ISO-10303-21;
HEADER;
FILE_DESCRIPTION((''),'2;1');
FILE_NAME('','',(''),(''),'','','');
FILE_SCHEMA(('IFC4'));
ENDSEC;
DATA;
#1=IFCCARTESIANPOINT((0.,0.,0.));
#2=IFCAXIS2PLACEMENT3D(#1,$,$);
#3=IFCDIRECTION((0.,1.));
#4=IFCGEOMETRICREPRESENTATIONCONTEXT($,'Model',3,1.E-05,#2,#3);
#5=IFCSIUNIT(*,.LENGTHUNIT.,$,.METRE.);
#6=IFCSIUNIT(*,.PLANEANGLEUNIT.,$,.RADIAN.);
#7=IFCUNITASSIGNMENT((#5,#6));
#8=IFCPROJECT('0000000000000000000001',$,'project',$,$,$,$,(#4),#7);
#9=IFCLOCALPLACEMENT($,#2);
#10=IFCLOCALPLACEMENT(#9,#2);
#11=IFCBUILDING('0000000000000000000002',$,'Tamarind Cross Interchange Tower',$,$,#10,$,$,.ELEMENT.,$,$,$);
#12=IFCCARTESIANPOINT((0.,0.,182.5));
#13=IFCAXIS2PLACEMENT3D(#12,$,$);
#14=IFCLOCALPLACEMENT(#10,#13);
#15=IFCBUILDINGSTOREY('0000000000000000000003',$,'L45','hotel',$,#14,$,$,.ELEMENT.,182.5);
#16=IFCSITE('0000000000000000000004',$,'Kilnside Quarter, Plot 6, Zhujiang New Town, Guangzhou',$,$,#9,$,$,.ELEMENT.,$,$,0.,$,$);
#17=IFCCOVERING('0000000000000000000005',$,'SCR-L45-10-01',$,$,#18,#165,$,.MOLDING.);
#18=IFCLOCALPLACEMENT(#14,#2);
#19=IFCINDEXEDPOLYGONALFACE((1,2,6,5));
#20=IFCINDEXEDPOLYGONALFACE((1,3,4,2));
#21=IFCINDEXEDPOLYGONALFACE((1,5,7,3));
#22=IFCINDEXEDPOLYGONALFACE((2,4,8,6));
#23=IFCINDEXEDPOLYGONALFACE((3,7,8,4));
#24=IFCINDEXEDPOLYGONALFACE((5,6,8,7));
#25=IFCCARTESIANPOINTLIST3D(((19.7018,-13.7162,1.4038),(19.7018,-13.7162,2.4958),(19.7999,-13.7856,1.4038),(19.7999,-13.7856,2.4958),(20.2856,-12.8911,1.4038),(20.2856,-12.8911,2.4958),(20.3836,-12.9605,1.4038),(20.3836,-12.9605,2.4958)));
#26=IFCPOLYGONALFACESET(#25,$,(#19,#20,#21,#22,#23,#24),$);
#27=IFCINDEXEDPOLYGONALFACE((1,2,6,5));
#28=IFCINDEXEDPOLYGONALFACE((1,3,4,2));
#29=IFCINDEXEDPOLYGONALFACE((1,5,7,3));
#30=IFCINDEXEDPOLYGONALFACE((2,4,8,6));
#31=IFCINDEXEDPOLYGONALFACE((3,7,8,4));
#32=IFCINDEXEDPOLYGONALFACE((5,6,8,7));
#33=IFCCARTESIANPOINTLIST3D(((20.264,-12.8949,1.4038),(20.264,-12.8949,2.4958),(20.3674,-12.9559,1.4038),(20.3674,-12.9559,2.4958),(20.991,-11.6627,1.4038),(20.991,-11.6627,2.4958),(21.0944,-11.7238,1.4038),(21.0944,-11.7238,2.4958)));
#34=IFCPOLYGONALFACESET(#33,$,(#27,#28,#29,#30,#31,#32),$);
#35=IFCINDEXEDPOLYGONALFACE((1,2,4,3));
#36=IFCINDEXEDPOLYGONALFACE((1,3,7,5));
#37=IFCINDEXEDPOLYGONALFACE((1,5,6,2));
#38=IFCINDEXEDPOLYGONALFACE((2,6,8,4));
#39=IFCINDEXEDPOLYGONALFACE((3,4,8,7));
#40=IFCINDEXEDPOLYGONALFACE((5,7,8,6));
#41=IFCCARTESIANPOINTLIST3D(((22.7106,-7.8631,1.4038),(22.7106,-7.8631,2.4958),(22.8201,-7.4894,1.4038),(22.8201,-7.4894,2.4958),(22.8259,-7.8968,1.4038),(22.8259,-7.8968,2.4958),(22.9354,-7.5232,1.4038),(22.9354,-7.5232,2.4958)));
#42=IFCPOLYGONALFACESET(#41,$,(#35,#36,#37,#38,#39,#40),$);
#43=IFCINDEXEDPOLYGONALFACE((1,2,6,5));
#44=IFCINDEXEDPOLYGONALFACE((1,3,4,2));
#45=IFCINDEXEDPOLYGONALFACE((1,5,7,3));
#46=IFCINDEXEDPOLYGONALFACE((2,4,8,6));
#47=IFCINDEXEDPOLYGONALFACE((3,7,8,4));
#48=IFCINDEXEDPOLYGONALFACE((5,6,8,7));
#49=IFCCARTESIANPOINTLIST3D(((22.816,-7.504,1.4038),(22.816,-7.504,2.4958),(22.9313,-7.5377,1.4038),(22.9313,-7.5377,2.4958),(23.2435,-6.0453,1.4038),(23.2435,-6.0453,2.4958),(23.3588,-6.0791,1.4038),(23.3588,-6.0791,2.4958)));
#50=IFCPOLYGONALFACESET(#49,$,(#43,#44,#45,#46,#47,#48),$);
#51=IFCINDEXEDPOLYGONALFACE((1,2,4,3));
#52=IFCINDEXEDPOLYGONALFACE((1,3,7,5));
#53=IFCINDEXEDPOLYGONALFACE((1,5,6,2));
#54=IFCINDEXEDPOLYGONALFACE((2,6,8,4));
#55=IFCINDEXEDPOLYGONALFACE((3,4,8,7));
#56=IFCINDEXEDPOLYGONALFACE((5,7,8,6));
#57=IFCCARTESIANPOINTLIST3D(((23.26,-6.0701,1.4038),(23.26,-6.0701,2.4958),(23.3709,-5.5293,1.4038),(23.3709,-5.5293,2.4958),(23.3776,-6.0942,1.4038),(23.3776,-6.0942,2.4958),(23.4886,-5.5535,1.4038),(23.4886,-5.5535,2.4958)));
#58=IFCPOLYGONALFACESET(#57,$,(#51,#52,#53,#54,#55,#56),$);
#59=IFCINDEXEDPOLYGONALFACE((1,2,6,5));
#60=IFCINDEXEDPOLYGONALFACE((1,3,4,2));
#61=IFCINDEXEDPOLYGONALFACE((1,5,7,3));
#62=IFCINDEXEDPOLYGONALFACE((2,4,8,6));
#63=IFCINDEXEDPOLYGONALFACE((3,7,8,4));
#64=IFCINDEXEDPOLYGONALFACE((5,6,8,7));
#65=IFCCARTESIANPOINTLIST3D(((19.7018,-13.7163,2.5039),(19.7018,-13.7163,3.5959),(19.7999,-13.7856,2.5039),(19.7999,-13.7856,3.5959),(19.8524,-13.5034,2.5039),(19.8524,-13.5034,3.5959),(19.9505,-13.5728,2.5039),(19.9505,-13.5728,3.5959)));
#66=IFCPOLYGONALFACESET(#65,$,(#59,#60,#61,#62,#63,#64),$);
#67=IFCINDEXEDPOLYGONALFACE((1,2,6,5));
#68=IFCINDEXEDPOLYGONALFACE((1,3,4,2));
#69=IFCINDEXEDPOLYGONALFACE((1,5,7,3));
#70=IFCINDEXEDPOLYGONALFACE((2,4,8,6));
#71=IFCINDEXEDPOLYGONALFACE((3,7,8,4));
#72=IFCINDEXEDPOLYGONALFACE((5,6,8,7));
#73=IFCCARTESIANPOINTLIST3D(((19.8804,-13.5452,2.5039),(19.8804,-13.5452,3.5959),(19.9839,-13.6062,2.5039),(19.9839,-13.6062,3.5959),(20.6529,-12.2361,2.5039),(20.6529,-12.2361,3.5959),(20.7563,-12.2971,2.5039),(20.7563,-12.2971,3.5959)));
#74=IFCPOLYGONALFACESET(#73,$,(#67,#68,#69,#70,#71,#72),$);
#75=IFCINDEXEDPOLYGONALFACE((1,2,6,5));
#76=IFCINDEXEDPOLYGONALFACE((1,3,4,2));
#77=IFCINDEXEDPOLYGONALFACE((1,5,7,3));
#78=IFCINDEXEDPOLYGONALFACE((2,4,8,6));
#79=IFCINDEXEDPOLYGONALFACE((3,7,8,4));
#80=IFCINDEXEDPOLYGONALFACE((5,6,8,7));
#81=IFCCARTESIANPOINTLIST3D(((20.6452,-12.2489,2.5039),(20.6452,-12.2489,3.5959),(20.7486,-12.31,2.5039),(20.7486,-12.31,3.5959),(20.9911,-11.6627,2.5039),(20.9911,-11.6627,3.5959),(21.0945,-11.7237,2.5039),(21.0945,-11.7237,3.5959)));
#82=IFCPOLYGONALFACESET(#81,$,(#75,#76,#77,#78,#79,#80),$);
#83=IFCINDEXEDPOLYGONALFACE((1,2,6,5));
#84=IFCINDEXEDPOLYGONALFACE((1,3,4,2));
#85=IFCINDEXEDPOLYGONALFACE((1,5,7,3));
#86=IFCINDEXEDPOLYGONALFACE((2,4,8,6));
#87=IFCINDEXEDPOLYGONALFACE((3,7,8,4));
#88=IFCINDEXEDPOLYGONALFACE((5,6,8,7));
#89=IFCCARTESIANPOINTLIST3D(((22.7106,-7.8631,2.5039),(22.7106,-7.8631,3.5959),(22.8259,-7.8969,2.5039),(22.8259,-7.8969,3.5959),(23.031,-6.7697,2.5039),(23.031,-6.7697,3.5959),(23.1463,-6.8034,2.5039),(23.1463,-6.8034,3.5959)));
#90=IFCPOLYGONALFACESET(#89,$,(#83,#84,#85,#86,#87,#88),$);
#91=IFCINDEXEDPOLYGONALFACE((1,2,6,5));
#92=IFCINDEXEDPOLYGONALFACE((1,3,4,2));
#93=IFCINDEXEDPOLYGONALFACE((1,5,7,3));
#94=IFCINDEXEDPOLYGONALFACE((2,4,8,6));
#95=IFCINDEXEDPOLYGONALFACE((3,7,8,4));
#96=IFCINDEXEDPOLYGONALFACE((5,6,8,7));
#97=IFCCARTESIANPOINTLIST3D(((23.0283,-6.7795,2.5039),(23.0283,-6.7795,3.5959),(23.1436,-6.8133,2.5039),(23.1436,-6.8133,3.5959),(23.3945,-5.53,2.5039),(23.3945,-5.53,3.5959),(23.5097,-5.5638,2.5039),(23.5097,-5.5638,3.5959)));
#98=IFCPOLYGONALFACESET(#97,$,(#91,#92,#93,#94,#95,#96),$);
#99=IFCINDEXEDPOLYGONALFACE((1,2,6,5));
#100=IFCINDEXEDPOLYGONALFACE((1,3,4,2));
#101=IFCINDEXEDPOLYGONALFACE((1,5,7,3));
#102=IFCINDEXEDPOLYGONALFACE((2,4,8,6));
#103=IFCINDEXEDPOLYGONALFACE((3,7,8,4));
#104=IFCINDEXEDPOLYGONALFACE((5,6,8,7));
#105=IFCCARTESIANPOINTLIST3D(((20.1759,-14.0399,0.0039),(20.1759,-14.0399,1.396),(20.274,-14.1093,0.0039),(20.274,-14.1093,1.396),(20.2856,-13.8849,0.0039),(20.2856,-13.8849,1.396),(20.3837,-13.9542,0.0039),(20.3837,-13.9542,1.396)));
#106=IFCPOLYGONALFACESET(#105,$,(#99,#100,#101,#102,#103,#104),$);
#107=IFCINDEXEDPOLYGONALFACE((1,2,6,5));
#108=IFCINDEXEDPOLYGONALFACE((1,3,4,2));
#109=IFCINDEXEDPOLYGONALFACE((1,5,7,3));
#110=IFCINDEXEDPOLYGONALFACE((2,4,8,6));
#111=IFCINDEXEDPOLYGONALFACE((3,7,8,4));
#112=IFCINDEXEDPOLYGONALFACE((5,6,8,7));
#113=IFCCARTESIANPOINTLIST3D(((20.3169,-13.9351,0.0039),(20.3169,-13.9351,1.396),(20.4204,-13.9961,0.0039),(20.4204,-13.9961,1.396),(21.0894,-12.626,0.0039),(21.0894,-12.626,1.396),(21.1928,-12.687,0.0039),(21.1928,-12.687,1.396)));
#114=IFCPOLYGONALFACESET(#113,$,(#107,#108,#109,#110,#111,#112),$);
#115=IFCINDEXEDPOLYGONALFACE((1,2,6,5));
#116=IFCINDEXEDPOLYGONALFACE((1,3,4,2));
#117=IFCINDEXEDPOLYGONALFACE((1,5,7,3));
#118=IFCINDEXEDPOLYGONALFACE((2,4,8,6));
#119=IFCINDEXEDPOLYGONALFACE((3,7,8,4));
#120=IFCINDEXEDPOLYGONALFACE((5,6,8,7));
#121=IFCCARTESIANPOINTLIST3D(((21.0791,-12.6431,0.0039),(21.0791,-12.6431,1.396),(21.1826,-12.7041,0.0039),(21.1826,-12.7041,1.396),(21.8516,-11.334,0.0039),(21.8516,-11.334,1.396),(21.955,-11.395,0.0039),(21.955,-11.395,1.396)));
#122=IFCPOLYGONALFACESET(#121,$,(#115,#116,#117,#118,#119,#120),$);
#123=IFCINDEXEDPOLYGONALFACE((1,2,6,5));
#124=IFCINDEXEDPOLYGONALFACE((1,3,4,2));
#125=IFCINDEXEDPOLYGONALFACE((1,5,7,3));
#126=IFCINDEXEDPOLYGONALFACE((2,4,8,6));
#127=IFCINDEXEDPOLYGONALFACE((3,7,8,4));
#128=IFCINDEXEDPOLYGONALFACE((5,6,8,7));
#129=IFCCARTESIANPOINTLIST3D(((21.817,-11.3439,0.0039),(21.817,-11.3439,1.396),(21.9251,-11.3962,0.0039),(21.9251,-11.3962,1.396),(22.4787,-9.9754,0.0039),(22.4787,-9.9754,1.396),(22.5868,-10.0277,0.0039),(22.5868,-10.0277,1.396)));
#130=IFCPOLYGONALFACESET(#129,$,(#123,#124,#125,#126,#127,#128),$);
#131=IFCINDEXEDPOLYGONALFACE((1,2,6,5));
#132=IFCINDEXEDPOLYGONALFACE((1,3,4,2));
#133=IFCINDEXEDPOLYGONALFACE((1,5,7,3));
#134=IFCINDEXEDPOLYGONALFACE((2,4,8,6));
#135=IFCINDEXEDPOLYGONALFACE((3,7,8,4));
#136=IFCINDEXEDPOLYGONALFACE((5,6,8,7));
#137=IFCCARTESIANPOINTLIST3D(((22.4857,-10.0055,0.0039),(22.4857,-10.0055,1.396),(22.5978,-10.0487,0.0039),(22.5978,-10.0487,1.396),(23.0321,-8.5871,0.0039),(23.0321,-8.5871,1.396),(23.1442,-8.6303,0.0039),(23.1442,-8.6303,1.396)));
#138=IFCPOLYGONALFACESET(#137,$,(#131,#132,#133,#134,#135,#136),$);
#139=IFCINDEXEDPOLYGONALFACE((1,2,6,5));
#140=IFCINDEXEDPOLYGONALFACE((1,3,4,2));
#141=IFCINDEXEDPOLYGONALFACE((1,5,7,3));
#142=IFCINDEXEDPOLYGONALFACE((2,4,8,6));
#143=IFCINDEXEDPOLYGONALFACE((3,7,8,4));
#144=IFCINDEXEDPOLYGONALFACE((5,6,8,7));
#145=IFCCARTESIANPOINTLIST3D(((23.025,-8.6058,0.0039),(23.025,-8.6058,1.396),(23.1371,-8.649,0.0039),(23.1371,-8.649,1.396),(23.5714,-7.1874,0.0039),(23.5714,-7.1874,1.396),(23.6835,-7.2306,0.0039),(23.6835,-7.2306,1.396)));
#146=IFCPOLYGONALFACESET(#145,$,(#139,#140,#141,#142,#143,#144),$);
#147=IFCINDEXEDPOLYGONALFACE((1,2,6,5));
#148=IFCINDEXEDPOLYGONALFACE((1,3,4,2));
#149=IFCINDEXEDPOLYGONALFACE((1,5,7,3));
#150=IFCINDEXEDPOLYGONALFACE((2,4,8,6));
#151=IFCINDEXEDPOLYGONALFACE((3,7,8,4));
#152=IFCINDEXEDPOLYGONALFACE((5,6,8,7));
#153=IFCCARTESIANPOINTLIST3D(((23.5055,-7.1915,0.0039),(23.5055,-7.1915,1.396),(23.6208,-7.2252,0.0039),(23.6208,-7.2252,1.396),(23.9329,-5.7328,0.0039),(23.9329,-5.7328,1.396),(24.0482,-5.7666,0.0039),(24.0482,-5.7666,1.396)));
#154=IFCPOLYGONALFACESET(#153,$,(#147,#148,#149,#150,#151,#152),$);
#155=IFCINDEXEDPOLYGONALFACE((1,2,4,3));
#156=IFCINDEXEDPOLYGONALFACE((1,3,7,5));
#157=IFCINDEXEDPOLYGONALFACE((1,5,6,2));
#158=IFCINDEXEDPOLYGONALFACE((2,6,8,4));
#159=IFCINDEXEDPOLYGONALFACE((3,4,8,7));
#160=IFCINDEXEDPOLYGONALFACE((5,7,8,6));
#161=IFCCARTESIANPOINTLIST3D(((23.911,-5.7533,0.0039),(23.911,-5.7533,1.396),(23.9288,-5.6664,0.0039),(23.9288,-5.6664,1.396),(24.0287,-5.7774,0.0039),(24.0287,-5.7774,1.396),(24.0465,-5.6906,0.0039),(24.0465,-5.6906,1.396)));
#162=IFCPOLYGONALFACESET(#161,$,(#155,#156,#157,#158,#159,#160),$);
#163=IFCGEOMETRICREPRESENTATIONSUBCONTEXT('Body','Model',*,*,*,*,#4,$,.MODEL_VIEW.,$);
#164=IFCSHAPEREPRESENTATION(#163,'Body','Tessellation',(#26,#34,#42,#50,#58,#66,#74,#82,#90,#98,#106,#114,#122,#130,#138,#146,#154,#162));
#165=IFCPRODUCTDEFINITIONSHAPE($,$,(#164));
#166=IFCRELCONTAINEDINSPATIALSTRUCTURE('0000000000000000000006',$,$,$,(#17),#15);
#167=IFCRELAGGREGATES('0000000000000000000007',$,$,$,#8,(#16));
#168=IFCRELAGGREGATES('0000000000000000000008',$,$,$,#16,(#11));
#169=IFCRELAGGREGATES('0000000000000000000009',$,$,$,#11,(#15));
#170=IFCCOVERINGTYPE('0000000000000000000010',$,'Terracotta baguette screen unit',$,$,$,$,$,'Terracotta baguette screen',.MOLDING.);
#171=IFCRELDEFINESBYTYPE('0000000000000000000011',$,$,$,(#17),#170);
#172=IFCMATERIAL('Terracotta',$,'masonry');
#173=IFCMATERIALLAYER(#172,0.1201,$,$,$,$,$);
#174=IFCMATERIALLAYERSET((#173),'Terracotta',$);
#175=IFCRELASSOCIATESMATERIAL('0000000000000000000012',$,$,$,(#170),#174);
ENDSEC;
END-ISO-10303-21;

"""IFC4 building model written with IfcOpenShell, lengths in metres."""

from ifc_helpers import new_model, si_unit, direction, frame, origin, origin_2d, place, context, subcontext, project, spatial, rectangle, extrude, material, layer, layer_set, type_object, element, save


model = new_model("IFC4")

# Units and contexts
model_context = context("Model", 3, precision=1e-05, world=origin(), true_north=direction((0.0, 1.0)))
body_context = subcontext(model_context, "Body", "Model", "MODEL_VIEW")
ifc_project = project(units=[si_unit("LENGTHUNIT", "METRE"), si_unit("PLANEANGLEUNIT", "RADIAN")], contexts=[model_context])

# Site, building, storey
site_placement = place(None, origin())
site = spatial("IfcSite", under=ifc_project, at=site_placement, Name="Kilnside Quarter, Plot 6, Zhujiang New Town, Guangzhou", CompositionType="ELEMENT", RefElevation=0.0)
building_placement = place(site_placement, origin())
building = spatial("IfcBuilding", under=site, at=building_placement, Name="Tamarind Cross Interchange Tower", CompositionType="ELEMENT")
storey_placement = place(building_placement, frame((0.0, 0.0, 182.5)))
storey = spatial("IfcBuildingStorey", under=building, at=storey_placement, Name="L45", Description="hotel", CompositionType="ELEMENT", Elevation=182.5)

# Covering
ifc_material_1 = material(Name="Terracotta", Category="masonry")
ifc_layer_1 = layer(ifc_material_1, 0.1201)
ifc_layer_set_1 = layer_set([ifc_layer_1], Name="Terracotta")
covering_type = type_object("IfcCoveringType", Name="Terracotta baguette screen unit", ElementType="Terracotta baguette screen", PredefinedType="MOLDING", material=ifc_layer_set_1)
covering_1_placement = place(storey_placement, origin())
element("IfcCovering", 1, at=covering_1_placement, inside=storey, type_object=covering_type, Name="SCR-L45-10-01", PredefinedType="MOLDING", context=body_context, shape_type="SweptSolid", body=[
    extrude(rectangle(XDim=1.0107, YDim=0.1201, at=origin_2d()), frame((20.0427, -13.3384, 1.4038), z_axis=(0.0, 0.0, 1.0), x_axis=(0.577569, 0.816342, 0.0)), (0.0, 0.0, 1.0), 1.092),
    extrude(rectangle(XDim=1.4307, YDim=0.1201, at=origin_2d()), frame((20.6792, -12.3093, 1.4038), z_axis=(0.0, 0.0, 1.0), x_axis=(0.508183, 0.861249, 0.0)), (0.0, 0.0, 1.0), 1.092),
    extrude(rectangle(XDim=0.3894, YDim=0.1201, at=origin_2d()), frame((22.823, -7.6931, 1.4038), z_axis=(0.0, 0.0, 1.0), x_axis=(0.281209, 0.959647, 0.0)), (0.0, 0.0, 1.0), 1.092),
    extrude(rectangle(XDim=1.52, YDim=0.1201, at=origin_2d()), frame((23.0874, -6.7915, 1.4038), z_axis=(0.0, 0.0, 1.0), x_axis=(0.281209, 0.959647, 0.0)), (0.0, 0.0, 1.0), 1.092),
    extrude(rectangle(XDim=0.552, YDim=0.1201, at=origin_2d()), frame((23.3743, -5.8118, 1.4038), z_axis=(0.0, 0.0, 1.0), x_axis=(0.201001, 0.979591, 0.0)), (0.0, 0.0, 1.0), 1.092),
    extrude(rectangle(XDim=0.2607, YDim=0.1201, at=origin_2d()), frame((19.8262, -13.6445, 2.5039), z_axis=(0.0, 0.0, 1.0), x_axis=(0.577569, 0.816342, 0.0)), (0.0, 0.0, 1.0), 1.092),
    extrude(rectangle(XDim=1.52, YDim=0.1201, at=origin_2d()), frame((20.3184, -12.9211, 2.5039), z_axis=(0.0, 0.0, 1.0), x_axis=(0.508183, 0.861249, 0.0)), (0.0, 0.0, 1.0), 1.092),
    extrude(rectangle(XDim=0.6807, YDim=0.1201, at=origin_2d()), frame((20.8699, -11.9863, 2.5039), z_axis=(0.0, 0.0, 1.0), x_axis=(0.508183, 0.861249, 0.0)), (0.0, 0.0, 1.0), 1.092),
    extrude(rectangle(XDim=1.1394, YDim=0.1201, at=origin_2d()), frame((22.9285, -7.3333, 2.5039), z_axis=(0.0, 0.0, 1.0), x_axis=(0.281209, 0.959647, 0.0)), (0.0, 0.0, 1.0), 1.092),
    extrude(rectangle(XDim=1.302, YDim=0.1201, at=origin_2d()), frame((23.269, -6.1716, 2.5039), z_axis=(0.0, 0.0, 1.0), x_axis=(0.281209, 0.959647, 0.0)), (0.0, 0.0, 1.0), 1.092),
    extrude(rectangle(XDim=0.1899, YDim=0.1201, at=origin_2d()), frame((20.2798, -13.9971, 0.0039), z_axis=(0.0, 0.0, 1.0), x_axis=(0.577569, 0.816342, 0.0)), (0.0, 0.0, 1.0), 1.3921),
    extrude(rectangle(XDim=1.52, YDim=0.1201, at=origin_2d()), frame((20.7549, -13.311, 0.0039), z_axis=(0.0, 0.0, 1.0), x_axis=(0.508183, 0.861249, 0.0)), (0.0, 0.0, 1.0), 1.3921),
    extrude(rectangle(XDim=1.52, YDim=0.1201, at=origin_2d()), frame((21.5171, -12.019, 0.0039), z_axis=(0.0, 0.0, 1.0), x_axis=(0.508183, 0.861249, 0.0)), (0.0, 0.0, 1.0), 1.3921),
    extrude(rectangle(XDim=1.52, YDim=0.1201, at=origin_2d()), frame((22.2019, -10.6858, 0.0039), z_axis=(0.0, 0.0, 1.0), x_axis=(0.435326, 0.900273, 0.0)), (0.0, 0.0, 1.0), 1.3921),
    extrude(rectangle(XDim=1.52, YDim=0.1201, at=origin_2d()), frame((22.8149, -9.3179, 0.0039), z_axis=(0.0, 0.0, 1.0), x_axis=(0.359495, 0.933147, 0.0)), (0.0, 0.0, 1.0), 1.3921),
    extrude(rectangle(XDim=1.52, YDim=0.1201, at=origin_2d()), frame((23.3542, -7.9182, 0.0039), z_axis=(0.0, 0.0, 1.0), x_axis=(0.359495, 0.933147, 0.0)), (0.0, 0.0, 1.0), 1.3921),
    extrude(rectangle(XDim=1.52, YDim=0.1201, at=origin_2d()), frame((23.7769, -6.479, 0.0039), z_axis=(0.0, 0.0, 1.0), x_axis=(0.281209, 0.959647, 0.0)), (0.0, 0.0, 1.0), 1.3921),
    extrude(rectangle(XDim=0.0886, YDim=0.1201, at=origin_2d()), frame((23.9788, -5.7219, 0.0039), z_axis=(0.0, 0.0, 1.0), x_axis=(0.201001, 0.979591, 0.0)), (0.0, 0.0, 1.0), 1.3921),
])

save(model, "model.ifc")
